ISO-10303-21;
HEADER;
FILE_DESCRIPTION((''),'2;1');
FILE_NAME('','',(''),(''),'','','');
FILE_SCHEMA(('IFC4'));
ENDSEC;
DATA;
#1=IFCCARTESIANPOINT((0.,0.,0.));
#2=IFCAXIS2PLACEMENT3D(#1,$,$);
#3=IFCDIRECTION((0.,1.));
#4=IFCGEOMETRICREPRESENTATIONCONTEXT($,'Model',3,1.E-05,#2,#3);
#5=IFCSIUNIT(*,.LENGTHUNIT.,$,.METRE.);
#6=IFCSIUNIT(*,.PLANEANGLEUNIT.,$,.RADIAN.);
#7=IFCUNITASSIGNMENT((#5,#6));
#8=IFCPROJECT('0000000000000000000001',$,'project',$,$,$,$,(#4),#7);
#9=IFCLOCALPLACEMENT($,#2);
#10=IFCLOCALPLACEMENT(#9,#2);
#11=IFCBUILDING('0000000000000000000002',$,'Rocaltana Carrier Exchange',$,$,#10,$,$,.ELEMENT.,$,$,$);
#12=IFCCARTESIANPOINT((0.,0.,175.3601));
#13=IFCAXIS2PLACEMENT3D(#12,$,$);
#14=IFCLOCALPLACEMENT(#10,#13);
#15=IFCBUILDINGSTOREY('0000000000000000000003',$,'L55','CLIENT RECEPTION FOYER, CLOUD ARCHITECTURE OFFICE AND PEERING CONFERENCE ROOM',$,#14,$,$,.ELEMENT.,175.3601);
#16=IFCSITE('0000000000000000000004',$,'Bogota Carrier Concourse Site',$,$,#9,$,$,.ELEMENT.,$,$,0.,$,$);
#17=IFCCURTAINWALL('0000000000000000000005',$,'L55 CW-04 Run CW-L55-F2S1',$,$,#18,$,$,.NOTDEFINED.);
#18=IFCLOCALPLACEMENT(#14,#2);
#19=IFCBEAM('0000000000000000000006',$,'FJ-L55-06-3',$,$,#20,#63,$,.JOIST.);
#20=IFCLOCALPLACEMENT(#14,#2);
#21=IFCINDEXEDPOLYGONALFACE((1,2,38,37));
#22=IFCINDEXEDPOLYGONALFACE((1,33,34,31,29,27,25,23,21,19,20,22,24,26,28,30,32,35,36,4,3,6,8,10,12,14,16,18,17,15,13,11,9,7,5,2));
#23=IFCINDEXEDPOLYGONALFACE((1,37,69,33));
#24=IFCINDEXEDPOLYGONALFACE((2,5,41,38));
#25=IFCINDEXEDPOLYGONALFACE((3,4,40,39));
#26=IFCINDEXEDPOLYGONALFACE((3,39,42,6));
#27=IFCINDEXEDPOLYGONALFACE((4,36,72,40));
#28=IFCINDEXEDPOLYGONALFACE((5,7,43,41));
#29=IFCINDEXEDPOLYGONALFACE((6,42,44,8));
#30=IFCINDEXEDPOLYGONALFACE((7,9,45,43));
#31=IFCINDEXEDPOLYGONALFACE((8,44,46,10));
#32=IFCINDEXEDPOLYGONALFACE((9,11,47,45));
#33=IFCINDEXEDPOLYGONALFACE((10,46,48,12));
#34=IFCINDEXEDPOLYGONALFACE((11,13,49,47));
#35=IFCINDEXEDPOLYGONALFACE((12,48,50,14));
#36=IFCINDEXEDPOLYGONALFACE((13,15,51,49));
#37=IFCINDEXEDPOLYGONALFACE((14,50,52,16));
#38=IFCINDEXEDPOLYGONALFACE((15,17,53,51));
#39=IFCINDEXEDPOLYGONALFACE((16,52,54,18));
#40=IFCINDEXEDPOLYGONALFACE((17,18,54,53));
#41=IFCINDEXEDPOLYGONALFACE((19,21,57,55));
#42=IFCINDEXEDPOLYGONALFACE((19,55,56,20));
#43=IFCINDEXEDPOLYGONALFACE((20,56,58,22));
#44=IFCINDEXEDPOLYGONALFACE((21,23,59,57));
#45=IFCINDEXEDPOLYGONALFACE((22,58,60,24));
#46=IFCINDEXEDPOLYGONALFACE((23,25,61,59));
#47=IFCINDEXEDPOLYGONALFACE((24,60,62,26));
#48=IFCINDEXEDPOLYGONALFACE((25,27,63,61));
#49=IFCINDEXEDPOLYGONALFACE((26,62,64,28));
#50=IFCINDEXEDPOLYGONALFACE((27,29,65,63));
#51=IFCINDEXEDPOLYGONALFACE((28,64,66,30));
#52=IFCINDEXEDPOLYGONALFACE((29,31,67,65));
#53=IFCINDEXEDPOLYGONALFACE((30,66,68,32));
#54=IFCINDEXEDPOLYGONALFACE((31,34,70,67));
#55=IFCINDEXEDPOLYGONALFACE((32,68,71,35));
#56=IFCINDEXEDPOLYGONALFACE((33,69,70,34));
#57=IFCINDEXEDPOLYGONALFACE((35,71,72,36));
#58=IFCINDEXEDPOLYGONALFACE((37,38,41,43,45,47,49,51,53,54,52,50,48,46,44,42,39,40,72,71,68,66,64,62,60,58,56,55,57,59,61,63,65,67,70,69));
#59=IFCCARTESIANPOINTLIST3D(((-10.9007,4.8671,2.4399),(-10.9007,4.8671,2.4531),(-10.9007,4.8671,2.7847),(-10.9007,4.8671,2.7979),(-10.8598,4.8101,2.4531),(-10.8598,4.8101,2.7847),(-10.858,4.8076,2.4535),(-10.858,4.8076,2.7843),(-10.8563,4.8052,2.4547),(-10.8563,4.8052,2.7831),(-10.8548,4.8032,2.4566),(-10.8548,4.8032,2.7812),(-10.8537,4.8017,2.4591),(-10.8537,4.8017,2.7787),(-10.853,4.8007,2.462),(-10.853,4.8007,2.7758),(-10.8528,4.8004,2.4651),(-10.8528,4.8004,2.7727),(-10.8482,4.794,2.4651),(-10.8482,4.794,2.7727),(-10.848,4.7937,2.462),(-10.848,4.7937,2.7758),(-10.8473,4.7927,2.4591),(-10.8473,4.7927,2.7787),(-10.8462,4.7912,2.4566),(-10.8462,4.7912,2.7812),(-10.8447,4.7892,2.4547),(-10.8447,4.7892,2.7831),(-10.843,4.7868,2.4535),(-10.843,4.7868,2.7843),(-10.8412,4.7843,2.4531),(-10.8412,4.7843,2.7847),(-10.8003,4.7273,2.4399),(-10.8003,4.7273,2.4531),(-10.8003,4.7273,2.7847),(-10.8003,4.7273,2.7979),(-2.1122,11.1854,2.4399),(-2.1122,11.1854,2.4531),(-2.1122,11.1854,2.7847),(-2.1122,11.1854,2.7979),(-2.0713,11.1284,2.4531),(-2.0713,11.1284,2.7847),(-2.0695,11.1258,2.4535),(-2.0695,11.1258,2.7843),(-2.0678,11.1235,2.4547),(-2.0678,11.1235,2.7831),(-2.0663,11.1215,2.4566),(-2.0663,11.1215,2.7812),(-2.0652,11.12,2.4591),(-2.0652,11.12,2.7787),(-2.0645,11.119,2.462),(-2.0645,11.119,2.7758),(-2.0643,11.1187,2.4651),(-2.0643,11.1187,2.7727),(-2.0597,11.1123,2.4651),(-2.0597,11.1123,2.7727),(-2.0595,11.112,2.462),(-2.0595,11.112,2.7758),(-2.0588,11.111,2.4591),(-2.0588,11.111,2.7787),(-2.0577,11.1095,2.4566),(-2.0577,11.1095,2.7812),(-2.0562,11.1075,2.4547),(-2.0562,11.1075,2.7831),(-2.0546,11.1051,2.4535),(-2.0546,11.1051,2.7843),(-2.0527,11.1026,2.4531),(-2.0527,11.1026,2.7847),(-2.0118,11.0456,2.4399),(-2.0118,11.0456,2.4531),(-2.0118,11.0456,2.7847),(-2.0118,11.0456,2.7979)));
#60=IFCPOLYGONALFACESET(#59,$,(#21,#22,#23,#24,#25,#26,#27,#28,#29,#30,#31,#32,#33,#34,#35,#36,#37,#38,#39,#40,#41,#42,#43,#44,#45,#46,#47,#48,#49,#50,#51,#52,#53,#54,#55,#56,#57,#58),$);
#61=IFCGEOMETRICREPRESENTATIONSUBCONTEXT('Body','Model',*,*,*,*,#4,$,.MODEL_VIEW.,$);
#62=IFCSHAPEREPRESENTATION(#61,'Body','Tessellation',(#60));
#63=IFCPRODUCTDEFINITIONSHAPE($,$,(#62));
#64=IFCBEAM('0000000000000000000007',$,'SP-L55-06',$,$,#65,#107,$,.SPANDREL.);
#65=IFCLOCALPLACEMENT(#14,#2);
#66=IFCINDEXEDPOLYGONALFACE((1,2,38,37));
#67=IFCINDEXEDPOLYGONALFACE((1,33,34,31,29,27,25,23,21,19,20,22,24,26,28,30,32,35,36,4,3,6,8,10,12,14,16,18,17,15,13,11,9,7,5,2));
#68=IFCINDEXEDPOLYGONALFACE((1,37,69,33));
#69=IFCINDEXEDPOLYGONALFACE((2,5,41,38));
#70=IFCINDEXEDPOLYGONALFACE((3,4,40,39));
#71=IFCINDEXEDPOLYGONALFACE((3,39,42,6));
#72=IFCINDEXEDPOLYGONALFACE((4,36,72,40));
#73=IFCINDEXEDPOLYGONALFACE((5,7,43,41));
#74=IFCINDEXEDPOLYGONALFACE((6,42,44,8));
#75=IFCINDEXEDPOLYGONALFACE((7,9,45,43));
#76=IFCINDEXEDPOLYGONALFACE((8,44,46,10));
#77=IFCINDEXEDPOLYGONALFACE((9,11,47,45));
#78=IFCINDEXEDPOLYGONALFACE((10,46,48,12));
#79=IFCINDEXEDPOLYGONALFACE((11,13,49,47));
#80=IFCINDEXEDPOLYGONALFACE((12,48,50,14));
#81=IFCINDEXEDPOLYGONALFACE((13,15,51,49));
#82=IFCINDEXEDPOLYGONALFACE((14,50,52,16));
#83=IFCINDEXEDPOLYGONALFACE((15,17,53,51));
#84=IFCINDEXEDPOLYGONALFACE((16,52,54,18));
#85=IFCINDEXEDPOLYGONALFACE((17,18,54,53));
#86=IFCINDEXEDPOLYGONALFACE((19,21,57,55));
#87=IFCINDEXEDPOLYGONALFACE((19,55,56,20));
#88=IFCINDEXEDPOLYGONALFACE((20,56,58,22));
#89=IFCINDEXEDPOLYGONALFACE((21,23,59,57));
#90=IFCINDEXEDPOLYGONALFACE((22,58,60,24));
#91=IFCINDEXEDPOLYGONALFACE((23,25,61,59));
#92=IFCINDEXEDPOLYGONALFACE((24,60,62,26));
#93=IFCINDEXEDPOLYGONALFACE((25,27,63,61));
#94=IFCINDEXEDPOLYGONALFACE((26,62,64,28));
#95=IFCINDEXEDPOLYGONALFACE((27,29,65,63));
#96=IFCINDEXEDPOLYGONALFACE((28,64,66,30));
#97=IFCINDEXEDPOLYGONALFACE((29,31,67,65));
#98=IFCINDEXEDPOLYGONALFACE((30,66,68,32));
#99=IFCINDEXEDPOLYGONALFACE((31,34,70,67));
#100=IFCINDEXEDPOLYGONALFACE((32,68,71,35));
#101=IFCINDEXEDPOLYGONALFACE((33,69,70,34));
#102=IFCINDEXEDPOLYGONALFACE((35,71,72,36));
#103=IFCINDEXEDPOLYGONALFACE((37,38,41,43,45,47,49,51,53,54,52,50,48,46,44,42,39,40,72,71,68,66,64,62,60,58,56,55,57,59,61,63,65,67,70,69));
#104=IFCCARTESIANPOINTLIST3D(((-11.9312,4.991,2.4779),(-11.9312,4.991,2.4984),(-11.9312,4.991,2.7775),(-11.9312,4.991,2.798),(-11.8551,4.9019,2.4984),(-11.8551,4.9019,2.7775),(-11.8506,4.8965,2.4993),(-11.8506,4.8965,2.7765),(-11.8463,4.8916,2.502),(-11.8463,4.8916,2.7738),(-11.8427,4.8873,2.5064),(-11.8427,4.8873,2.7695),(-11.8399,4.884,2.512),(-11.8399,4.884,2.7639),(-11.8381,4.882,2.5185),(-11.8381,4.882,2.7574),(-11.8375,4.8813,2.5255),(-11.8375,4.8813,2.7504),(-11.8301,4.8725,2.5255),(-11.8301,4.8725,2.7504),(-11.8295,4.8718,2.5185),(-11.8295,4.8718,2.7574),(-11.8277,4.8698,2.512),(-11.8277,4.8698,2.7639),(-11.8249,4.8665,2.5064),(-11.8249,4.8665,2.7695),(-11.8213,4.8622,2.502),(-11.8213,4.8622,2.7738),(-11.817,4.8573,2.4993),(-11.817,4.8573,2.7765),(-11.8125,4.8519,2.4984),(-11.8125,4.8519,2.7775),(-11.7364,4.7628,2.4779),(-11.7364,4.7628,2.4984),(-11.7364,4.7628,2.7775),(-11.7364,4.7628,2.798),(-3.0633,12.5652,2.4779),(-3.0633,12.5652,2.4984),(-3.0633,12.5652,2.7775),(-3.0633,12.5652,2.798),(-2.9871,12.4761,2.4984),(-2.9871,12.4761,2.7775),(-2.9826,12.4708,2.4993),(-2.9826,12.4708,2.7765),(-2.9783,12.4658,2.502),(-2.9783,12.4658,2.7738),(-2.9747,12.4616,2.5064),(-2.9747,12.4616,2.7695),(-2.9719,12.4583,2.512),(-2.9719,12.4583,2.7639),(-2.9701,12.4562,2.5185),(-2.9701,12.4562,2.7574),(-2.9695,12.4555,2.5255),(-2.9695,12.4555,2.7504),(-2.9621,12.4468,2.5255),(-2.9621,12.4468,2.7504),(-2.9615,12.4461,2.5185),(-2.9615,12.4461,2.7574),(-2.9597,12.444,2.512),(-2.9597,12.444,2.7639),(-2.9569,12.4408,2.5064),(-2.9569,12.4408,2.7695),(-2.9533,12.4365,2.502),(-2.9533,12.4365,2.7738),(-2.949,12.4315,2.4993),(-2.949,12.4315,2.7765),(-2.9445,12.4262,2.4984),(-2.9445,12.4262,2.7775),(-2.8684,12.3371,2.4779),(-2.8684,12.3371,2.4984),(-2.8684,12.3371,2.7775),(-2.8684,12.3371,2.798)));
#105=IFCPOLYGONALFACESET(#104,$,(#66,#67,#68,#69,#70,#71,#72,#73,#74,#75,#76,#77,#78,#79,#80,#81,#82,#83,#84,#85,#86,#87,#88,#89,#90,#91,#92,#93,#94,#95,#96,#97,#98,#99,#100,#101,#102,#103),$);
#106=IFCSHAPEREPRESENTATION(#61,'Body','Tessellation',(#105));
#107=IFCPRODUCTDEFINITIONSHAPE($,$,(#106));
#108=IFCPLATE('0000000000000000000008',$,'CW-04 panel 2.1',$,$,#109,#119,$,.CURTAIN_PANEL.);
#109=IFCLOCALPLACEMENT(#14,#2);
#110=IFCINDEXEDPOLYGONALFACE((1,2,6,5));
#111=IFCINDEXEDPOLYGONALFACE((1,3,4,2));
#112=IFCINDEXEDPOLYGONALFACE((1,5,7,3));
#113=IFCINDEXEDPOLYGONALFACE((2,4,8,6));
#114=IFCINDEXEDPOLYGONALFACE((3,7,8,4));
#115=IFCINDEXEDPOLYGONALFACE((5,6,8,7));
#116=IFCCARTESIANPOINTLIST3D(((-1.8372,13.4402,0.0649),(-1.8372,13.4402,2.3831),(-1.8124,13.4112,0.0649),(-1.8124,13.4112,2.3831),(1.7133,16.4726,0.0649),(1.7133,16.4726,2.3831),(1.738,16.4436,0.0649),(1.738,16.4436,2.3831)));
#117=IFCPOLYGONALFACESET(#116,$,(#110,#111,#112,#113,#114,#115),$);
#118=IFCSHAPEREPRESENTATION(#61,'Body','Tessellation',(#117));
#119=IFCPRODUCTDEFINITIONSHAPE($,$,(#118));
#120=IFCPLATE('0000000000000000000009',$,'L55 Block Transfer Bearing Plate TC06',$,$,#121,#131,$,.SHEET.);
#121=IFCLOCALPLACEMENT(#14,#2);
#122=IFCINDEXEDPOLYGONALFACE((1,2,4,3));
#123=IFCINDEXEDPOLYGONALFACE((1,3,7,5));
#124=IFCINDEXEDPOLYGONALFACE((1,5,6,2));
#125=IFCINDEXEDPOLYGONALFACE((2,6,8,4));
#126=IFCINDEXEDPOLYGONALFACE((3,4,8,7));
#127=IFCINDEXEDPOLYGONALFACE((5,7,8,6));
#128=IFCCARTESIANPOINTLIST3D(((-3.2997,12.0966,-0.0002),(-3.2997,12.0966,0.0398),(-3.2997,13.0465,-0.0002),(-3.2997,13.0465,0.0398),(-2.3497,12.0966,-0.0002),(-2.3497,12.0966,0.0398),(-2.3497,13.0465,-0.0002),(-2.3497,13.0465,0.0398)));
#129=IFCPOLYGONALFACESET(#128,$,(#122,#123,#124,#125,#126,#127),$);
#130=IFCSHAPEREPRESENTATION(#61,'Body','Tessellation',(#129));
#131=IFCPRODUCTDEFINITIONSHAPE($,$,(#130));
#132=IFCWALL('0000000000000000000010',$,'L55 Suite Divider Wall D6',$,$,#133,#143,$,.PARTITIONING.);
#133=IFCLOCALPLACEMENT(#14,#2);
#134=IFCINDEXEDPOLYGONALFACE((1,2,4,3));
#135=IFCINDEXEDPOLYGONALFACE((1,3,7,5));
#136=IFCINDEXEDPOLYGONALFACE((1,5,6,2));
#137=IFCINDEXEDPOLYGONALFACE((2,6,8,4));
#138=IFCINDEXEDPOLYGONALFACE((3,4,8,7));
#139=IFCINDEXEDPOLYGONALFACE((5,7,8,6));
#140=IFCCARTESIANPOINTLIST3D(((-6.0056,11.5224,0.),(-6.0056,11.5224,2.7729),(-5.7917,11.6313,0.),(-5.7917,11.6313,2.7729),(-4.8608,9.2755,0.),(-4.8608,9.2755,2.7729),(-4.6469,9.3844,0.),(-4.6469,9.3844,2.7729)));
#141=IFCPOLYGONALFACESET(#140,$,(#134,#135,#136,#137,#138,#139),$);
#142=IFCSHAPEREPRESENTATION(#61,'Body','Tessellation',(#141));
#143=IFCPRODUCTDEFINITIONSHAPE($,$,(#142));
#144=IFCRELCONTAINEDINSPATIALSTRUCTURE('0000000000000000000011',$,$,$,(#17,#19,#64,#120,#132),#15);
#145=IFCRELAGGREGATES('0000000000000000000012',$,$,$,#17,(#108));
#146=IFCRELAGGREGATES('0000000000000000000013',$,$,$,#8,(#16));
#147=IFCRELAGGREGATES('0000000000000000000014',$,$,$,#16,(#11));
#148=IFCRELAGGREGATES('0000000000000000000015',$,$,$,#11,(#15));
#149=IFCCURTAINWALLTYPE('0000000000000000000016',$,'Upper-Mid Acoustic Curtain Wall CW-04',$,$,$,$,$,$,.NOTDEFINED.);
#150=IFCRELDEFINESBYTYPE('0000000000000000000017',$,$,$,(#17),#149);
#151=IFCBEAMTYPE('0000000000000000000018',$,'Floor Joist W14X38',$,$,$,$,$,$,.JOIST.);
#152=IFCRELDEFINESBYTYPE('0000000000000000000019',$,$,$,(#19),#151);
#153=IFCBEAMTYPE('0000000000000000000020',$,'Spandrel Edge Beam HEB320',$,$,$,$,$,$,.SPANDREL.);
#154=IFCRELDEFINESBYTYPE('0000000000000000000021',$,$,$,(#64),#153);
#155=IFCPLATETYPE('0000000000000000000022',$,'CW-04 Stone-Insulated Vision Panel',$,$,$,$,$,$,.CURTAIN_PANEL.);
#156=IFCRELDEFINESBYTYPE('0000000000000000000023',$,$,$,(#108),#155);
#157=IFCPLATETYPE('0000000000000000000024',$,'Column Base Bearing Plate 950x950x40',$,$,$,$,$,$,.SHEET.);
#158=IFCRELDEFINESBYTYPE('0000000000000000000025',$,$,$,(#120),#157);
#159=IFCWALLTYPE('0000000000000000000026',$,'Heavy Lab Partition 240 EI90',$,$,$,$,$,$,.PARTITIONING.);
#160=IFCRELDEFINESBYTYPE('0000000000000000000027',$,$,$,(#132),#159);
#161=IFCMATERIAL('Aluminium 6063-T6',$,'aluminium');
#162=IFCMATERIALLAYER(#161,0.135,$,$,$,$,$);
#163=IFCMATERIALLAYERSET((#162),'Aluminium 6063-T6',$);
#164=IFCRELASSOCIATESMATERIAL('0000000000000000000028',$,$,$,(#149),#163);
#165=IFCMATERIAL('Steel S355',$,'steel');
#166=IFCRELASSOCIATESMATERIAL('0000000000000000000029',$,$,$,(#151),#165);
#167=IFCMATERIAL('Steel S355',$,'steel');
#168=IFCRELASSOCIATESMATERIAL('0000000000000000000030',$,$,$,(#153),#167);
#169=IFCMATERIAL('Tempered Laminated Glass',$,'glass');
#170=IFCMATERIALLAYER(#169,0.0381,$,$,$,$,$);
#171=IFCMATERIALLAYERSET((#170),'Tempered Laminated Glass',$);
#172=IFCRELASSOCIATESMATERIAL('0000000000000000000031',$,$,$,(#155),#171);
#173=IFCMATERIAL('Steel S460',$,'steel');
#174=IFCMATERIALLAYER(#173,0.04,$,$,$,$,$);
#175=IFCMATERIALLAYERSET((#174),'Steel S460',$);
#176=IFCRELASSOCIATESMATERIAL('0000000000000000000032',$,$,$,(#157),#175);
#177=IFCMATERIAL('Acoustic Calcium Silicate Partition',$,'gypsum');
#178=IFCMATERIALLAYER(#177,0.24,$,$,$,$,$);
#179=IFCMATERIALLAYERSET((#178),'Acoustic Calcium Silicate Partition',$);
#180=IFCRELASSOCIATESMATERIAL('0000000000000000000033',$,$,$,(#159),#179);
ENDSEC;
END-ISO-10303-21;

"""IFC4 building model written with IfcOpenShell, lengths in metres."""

from ifc_helpers import new_model, si_unit, direction, frame, frame_2d, origin, origin_2d, place, context, subcontext, project, spatial, rectangle, i_section, extrude, material, layer, layer_set, material_profile, profile_set, type_object, element, aggregate, save


model = new_model("IFC4")

# Units and contexts
model_context = context("Model", 3, precision=1e-05, world=origin(), true_north=direction((0.0, 1.0)))
body_context = subcontext(model_context, "Body", "Model", "MODEL_VIEW")
ifc_project = project(units=[si_unit("LENGTHUNIT", "METRE"), si_unit("PLANEANGLEUNIT", "RADIAN")], contexts=[model_context])

# Site, building, storey
site_placement = place(None, origin())
site = spatial("IfcSite", under=ifc_project, at=site_placement, Name="Bogota Carrier Concourse Site", CompositionType="ELEMENT", RefElevation=0.0)
building_placement = place(site_placement, origin())
building = spatial("IfcBuilding", under=site, at=building_placement, Name="Rocaltana Carrier Exchange", CompositionType="ELEMENT")
storey_placement = place(building_placement, frame((0.0, 0.0, 175.3601)))
storey = spatial("IfcBuildingStorey", under=building, at=storey_placement, Name="L55", Description="CLIENT RECEPTION FOYER, CLOUD ARCHITECTURE OFFICE AND PEERING CONFERENCE ROOM", CompositionType="ELEMENT", Elevation=175.3601)

# Curtain wall
ifc_material_1 = material(Name="Aluminium 6063-T6", Category="aluminium")
ifc_layer_1 = layer(ifc_material_1, 0.135)
ifc_layer_set_1 = layer_set([ifc_layer_1], Name="Aluminium 6063-T6")
curtain_wall_type = type_object("IfcCurtainWallType", Name="Upper-Mid Acoustic Curtain Wall CW-04", PredefinedType="NOTDEFINED", material=ifc_layer_set_1)
curtain_wall_1_placement = place(storey_placement, origin())
curtain_wall_1 = element("IfcCurtainWall", 1, at=curtain_wall_1_placement, inside=storey, type_object=curtain_wall_type, Name="L55 CW-04 Run CW-L55-F2S1", PredefinedType="NOTDEFINED")

# Beams
ifc_material_2 = material(Name="Steel S355", Category="steel")
ifc_material_profile_1 = material_profile(ifc_material_2, i_section(OverallWidth=0.1721, OverallDepth=0.3579, WebThickness=0.0078, FlangeThickness=0.0132, FilletRadius=0.012, at=origin_2d()), Name="W14X38")
ifc_profile_set_1 = profile_set([ifc_material_profile_1], Name="Steel S355")
beam_type_1 = type_object("IfcBeamType", Name="Floor Joist W14X38", PredefinedType="JOIST", material=ifc_profile_set_1)
beam_1_placement = place(storey_placement, frame((-2.062, 11.1155, 2.6189), z_axis=(-0.811947, -0.583732, 0.0), x_axis=(0.583732, -0.811947, 0.0)))
element("IfcBeam", 2, at=beam_1_placement, inside=storey, type_object=beam_type_1, Name="FJ-L55-06-3", PredefinedType="JOIST", context=body_context, shape_type="SweptSolid", body=[
    extrude(i_section(OverallWidth=0.1721, OverallDepth=0.3579, WebThickness=0.0078, FlangeThickness=0.0132, FilletRadius=0.012, at=origin_2d()), origin(), (0.0, 0.0, 1.0), 10.824),
])
ifc_material_3 = material(Name="Steel S355", Category="steel")
ifc_material_profile_2 = material_profile(ifc_material_3, i_section(OverallWidth=0.3, OverallDepth=0.3201, WebThickness=0.0115, FlangeThickness=0.0205, FilletRadius=0.0271, at=origin_2d()), Name="HEB320")
ifc_profile_set_2 = profile_set([ifc_material_profile_2], Name="Steel S355")
beam_type_2 = type_object("IfcBeamType", Name="Spandrel Edge Beam HEB320", PredefinedType="SPANDREL", material=ifc_profile_set_2)
beam_2_placement = place(storey_placement, frame((-2.9658, 12.4512, 2.6379), z_axis=(-0.760393, -0.649463, 0.0), x_axis=(0.649463, -0.760393, 0.0)))
element("IfcBeam", 3, at=beam_2_placement, inside=storey, type_object=beam_type_2, Name="SP-L55-06", PredefinedType="SPANDREL", context=body_context, shape_type="SweptSolid", body=[
    extrude(i_section(OverallWidth=0.3, OverallDepth=0.3201, WebThickness=0.0115, FlangeThickness=0.0205, FilletRadius=0.0271, at=origin_2d()), origin(), (0.0, 0.0, 1.0), 11.6624),
])

# Plates
ifc_material_4 = material(Name="Tempered Laminated Glass", Category="glass")
ifc_layer_2 = layer(ifc_material_4, 0.0381)
ifc_layer_set_2 = layer_set([ifc_layer_2], Name="Tempered Laminated Glass")
plate_type_1 = type_object("IfcPlateType", Name="CW-04 Stone-Insulated Vision Panel", PredefinedType="CURTAIN_PANEL", material=ifc_layer_set_2)
plate_1_placement = place(storey_placement, frame((-0.0496, 14.9419, 0.0649), z_axis=(0.0, 0.0, 1.0), x_axis=(-0.760406, -0.649448, 0.0)))
plate_1 = element("IfcPlate", 4, at=plate_1_placement, type_object=plate_type_1, Name="CW-04 panel 2.1", PredefinedType="CURTAIN_PANEL", context=body_context, shape_type="SweptSolid", body=[
    extrude(rectangle(XDim=4.6692, YDim=0.0381, at=origin_2d()), origin(), (0.0, 0.0, 1.0), 2.3181),
])
aggregate(curtain_wall_1, [plate_1])
ifc_material_5 = material(Name="Steel S460", Category="steel")
ifc_layer_3 = layer(ifc_material_5, 0.04)
ifc_layer_set_3 = layer_set([ifc_layer_3], Name="Steel S460")
plate_type_2 = type_object("IfcPlateType", Name="Column Base Bearing Plate 950x950x40", PredefinedType="SHEET", material=ifc_layer_set_3)
plate_2_placement = place(storey_placement, frame((-2.8247, 12.5715, -0.0002), z_axis=(0.0, 0.0, 1.0), x_axis=(1.0, 0.0, 0.0)))
element("IfcPlate", 5, at=plate_2_placement, inside=storey, type_object=plate_type_2, Name="L55 Block Transfer Bearing Plate TC06", PredefinedType="SHEET", context=body_context, shape_type="SweptSolid", body=[
    extrude(rectangle(XDim=0.95, YDim=0.95, at=origin_2d()), origin(), (0.0, 0.0, 1.0), 0.04),
])

# Wall
ifc_material_6 = material(Name="Acoustic Calcium Silicate Partition", Category="gypsum")
ifc_layer_4 = layer(ifc_material_6, 0.24)
ifc_layer_set_4 = layer_set([ifc_layer_4], Name="Acoustic Calcium Silicate Partition")
wall_type_1 = type_object("IfcWallType", Name="Heavy Lab Partition 240 EI90", PredefinedType="PARTITIONING", material=ifc_layer_set_4)
wall_1_placement = place(storey_placement, frame((-4.7539, 9.3301, 0.0), z_axis=(0.0, 0.0, 1.0), x_axis=(-0.453978, 0.891013, 0.0)))
element("IfcWall", 6, at=wall_1_placement, inside=storey, type_object=wall_type_1, Name="L55 Suite Divider Wall D6", PredefinedType="PARTITIONING", context=body_context, shape_type="SweptSolid", body=[
    extrude(rectangle(XDim=2.5217, YDim=0.24, at=frame_2d((1.2607, 0.0))), origin(), (0.0, 0.0, 1.0), 2.7729),
])

save(model, "model.ifc")
